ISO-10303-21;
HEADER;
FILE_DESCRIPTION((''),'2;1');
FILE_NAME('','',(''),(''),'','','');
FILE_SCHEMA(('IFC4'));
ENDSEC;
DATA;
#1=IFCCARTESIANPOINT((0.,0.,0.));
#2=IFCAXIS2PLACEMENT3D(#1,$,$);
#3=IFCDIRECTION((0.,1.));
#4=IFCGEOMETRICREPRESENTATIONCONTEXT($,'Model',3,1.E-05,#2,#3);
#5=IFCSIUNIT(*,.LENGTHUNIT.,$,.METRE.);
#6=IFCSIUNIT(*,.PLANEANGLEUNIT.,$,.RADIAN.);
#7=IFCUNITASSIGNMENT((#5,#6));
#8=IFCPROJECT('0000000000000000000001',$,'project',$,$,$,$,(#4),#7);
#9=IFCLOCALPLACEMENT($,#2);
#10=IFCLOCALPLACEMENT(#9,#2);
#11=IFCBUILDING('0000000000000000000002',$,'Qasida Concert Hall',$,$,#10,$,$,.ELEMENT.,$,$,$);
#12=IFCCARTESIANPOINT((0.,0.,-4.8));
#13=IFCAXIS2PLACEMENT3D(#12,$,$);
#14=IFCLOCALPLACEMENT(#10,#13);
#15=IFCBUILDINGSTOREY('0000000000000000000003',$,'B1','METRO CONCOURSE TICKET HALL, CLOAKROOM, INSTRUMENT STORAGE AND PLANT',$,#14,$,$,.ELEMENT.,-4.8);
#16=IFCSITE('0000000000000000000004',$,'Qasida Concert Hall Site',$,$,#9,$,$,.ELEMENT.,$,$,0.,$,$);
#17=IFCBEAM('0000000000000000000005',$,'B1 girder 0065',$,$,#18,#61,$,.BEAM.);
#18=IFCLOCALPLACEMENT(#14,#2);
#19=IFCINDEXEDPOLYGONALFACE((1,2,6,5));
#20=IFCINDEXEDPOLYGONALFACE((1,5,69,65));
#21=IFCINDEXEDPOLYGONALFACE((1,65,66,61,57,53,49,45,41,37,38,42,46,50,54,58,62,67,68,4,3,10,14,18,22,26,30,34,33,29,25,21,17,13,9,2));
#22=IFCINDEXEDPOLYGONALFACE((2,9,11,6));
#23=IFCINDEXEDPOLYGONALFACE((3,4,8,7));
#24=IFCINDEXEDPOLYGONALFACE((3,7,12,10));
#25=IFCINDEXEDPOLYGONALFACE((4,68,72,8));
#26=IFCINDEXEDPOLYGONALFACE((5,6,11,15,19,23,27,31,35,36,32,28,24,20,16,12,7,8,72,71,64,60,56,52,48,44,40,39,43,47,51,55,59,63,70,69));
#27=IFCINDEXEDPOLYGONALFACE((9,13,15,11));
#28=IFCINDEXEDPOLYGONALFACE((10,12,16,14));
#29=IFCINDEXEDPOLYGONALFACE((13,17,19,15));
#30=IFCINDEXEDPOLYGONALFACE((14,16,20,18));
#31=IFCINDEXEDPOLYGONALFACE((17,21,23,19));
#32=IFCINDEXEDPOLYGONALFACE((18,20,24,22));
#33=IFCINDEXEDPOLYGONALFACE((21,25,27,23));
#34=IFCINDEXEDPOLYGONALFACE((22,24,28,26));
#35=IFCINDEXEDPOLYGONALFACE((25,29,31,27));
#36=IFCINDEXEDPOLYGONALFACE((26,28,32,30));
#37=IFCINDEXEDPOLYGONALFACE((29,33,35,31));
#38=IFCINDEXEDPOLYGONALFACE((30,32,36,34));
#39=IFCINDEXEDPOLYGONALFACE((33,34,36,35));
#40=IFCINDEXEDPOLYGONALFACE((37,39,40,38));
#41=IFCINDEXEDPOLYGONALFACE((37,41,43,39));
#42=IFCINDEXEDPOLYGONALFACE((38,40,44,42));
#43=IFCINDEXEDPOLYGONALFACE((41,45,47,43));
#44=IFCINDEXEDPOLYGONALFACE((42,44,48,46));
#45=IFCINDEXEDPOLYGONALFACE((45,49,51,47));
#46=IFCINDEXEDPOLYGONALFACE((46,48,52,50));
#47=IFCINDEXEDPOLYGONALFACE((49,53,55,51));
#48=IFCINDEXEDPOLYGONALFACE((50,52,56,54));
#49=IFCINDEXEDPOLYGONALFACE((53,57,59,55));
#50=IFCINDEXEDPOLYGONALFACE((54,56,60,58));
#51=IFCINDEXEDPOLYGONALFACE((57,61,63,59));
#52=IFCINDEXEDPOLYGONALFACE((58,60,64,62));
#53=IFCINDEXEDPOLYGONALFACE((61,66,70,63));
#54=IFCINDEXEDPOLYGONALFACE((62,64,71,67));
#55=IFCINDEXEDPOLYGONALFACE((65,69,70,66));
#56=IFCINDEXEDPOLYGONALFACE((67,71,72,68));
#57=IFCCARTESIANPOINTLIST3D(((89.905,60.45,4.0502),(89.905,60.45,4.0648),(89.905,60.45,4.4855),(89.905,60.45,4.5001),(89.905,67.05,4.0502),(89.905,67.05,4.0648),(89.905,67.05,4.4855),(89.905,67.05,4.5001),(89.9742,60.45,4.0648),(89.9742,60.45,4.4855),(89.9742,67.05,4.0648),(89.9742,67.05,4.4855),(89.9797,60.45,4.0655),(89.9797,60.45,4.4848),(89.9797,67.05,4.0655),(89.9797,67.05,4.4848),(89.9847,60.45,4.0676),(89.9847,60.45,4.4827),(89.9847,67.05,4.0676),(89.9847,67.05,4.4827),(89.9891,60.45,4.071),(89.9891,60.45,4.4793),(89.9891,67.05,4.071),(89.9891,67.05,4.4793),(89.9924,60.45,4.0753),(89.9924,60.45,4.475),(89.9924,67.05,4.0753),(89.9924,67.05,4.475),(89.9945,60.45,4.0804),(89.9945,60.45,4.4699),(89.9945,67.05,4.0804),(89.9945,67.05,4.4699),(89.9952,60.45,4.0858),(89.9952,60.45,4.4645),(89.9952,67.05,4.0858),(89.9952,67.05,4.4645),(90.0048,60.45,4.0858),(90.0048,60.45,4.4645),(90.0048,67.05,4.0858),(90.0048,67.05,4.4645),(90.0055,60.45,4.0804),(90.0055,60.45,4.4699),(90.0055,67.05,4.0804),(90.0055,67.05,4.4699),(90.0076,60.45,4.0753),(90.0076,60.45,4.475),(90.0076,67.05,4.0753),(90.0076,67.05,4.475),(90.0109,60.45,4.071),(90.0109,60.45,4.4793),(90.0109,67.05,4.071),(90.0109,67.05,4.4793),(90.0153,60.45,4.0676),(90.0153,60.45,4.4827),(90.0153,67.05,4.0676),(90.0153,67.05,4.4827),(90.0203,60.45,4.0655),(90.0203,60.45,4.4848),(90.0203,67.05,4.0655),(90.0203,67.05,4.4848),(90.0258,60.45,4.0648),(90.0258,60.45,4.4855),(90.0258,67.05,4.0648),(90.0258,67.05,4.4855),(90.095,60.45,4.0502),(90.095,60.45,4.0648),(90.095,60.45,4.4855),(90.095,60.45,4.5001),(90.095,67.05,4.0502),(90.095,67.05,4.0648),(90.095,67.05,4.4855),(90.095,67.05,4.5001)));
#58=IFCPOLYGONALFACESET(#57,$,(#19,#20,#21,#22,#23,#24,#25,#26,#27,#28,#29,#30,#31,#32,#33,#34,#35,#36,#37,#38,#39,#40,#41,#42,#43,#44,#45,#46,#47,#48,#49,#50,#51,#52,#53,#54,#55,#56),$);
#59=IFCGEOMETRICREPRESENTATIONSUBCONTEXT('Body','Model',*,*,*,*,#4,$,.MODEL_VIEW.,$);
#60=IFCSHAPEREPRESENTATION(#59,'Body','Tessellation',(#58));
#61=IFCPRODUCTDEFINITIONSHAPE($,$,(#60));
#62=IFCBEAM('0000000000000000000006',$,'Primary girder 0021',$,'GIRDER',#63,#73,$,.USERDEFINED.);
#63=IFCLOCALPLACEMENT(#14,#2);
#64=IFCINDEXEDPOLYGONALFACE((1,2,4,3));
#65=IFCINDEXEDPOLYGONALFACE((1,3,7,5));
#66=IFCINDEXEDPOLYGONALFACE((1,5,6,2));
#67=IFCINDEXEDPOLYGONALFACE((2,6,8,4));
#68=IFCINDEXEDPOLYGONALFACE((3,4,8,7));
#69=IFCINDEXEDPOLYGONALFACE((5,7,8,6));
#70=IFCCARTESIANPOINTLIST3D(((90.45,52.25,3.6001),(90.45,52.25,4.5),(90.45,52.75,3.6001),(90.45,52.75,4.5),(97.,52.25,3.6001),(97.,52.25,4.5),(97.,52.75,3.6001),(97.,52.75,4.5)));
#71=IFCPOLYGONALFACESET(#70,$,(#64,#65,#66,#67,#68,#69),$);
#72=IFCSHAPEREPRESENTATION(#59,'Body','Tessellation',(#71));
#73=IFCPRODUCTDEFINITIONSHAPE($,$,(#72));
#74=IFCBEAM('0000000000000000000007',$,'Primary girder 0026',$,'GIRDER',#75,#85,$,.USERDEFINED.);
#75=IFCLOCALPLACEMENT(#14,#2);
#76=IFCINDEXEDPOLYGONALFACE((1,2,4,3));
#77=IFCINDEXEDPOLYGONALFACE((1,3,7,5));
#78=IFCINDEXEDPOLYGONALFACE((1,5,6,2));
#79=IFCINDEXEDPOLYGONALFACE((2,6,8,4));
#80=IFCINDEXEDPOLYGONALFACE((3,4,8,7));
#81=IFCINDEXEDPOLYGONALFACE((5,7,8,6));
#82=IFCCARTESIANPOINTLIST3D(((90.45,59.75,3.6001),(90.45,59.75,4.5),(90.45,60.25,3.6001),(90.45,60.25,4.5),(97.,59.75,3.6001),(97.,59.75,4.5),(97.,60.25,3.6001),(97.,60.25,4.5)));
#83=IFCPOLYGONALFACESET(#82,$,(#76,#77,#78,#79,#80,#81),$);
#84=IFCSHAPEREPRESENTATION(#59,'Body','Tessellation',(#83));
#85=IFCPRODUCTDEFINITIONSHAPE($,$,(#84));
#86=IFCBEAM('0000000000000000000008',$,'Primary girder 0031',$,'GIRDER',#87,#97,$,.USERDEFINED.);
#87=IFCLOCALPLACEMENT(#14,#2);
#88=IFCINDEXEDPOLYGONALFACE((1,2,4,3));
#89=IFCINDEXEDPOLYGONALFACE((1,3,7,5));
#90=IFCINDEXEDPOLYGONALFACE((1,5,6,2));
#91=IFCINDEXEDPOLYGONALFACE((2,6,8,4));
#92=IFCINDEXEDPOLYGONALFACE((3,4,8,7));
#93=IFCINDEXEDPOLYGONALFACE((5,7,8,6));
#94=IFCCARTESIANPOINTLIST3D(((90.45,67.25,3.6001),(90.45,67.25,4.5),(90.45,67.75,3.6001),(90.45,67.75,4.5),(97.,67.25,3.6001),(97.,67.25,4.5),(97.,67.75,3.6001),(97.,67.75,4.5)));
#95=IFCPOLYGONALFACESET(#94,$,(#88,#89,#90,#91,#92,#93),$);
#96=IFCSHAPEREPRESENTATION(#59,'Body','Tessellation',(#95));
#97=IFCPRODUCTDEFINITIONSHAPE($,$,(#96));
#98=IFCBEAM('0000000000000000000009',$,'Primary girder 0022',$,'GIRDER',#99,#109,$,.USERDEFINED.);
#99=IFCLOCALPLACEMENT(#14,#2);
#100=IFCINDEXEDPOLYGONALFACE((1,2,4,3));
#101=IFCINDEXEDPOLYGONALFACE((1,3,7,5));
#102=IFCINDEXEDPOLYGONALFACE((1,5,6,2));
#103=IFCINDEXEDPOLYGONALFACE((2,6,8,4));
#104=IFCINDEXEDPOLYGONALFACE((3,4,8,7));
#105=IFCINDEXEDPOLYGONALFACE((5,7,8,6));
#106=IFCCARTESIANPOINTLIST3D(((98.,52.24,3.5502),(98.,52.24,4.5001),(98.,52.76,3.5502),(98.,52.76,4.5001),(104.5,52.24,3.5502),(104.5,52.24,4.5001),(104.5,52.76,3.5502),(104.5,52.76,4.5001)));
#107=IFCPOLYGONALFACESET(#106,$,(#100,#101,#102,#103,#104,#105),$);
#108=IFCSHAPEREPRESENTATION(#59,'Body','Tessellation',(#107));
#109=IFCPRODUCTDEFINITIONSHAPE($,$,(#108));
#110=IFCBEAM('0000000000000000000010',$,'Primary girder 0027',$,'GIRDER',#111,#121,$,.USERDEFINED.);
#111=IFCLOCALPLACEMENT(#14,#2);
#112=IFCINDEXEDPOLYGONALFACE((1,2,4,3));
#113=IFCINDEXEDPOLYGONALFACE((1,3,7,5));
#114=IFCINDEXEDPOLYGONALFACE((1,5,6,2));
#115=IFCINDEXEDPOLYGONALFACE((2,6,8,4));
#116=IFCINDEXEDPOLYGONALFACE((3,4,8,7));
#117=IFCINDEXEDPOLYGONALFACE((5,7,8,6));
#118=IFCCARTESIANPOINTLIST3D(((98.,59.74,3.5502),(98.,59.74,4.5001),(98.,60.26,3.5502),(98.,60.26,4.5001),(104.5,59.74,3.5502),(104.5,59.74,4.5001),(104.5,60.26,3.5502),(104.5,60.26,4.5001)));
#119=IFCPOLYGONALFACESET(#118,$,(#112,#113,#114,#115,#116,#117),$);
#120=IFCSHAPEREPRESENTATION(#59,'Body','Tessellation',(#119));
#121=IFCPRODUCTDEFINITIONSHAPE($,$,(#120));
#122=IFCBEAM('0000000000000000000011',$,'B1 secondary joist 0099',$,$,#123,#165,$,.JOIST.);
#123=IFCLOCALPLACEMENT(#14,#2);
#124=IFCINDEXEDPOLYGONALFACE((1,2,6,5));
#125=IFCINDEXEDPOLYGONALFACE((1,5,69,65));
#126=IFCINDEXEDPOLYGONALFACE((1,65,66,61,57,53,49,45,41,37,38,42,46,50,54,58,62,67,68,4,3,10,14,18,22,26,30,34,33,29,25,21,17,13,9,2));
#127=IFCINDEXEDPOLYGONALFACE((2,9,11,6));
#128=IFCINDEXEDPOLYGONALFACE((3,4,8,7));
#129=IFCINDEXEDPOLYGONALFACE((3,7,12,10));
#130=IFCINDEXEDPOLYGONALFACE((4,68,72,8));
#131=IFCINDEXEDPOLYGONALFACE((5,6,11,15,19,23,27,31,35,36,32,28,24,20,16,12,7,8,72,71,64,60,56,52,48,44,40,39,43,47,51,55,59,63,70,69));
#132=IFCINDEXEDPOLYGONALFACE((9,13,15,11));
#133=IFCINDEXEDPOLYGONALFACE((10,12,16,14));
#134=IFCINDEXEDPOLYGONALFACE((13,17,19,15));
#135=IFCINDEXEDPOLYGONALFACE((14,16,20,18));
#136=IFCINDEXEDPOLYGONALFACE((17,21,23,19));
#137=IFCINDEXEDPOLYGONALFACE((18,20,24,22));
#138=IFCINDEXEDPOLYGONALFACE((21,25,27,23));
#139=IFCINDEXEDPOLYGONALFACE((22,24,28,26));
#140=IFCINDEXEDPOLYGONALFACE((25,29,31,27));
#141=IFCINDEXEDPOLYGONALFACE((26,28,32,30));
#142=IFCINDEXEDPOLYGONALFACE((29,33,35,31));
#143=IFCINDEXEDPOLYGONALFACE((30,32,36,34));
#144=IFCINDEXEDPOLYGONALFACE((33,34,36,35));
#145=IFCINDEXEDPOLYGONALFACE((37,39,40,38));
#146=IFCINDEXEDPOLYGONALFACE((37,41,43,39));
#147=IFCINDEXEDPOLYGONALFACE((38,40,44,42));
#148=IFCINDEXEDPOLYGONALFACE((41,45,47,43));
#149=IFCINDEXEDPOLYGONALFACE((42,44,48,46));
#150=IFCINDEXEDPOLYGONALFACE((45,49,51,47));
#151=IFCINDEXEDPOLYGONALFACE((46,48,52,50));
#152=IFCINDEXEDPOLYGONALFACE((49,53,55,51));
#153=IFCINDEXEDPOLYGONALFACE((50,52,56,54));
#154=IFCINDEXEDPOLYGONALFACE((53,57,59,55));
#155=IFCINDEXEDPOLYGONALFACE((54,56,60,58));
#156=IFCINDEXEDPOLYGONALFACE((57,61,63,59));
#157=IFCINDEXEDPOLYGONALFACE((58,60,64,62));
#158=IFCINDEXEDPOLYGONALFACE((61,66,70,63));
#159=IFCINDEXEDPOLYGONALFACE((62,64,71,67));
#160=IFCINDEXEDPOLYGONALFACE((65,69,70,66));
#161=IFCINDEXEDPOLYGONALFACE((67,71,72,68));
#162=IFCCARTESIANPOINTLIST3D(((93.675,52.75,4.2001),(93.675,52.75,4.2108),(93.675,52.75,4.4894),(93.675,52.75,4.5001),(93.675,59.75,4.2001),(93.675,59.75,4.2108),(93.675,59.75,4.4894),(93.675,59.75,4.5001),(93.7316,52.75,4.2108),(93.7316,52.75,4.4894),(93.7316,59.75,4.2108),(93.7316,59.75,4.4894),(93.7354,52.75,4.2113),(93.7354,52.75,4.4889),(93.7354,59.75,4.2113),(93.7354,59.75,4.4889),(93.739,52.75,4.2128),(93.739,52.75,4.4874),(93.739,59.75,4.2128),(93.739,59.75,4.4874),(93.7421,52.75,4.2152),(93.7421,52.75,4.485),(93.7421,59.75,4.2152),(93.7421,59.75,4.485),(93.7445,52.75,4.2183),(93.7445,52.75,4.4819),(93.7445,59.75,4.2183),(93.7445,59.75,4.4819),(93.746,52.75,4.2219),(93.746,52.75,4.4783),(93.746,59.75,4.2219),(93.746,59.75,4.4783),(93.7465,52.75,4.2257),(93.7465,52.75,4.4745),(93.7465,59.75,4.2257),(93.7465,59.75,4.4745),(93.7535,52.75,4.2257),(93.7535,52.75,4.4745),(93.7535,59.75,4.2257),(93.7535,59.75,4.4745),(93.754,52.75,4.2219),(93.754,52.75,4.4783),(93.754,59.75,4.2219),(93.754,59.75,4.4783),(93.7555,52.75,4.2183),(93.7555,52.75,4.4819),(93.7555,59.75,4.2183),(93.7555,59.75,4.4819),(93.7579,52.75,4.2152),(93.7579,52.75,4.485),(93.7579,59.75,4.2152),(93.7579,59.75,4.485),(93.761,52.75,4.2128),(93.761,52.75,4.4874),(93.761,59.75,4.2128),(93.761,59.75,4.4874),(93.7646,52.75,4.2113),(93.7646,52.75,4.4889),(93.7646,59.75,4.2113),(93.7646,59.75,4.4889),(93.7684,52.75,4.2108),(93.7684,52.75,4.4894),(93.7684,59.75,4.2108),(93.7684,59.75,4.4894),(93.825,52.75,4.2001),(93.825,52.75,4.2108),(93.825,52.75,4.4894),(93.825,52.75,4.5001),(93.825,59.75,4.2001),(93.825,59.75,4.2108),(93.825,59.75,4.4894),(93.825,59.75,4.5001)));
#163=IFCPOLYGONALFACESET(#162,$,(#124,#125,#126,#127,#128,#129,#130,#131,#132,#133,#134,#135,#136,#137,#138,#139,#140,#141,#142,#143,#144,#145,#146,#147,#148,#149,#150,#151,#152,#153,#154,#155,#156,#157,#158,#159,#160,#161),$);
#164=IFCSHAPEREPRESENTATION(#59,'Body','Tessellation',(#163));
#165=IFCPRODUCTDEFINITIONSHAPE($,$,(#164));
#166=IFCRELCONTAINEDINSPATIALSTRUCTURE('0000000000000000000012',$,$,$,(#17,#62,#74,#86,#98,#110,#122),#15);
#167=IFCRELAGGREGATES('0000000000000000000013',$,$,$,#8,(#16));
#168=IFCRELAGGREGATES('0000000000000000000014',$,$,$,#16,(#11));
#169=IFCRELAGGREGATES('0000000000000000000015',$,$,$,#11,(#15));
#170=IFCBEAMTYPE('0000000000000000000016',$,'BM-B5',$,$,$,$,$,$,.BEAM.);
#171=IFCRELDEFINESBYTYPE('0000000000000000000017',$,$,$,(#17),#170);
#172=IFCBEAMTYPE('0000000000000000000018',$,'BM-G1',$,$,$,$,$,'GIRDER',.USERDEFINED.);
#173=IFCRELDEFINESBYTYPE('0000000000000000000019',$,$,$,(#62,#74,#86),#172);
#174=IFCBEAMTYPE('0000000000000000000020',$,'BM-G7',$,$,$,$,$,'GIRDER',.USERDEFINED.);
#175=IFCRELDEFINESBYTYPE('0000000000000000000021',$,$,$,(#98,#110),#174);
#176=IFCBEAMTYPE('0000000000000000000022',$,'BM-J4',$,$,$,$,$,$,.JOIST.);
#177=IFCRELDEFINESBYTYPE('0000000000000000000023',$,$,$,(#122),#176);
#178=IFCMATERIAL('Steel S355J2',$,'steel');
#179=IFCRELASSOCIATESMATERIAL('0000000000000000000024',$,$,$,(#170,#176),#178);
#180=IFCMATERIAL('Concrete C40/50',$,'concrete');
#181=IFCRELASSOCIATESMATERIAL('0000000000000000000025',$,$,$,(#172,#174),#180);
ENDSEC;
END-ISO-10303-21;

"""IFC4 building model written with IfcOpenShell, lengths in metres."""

from ifc_helpers import new_model, si_unit, direction, frame, origin, origin_2d, place, context, subcontext, project, spatial, rectangle, i_section, extrude, material, material_profile, profile_set, type_object, element, save


model = new_model("IFC4")

# Units and contexts
model_context = context("Model", 3, precision=1e-05, world=origin(), true_north=direction((0.0, 1.0)))
body_context = subcontext(model_context, "Body", "Model", "MODEL_VIEW")
ifc_project = project(units=[si_unit("LENGTHUNIT", "METRE"), si_unit("PLANEANGLEUNIT", "RADIAN")], contexts=[model_context])

# Site, building, storey
site_placement = place(None, origin())
site = spatial("IfcSite", under=ifc_project, at=site_placement, Name="Qasida Concert Hall Site", CompositionType="ELEMENT", RefElevation=0.0)
building_placement = place(site_placement, origin())
building = spatial("IfcBuilding", under=site, at=building_placement, Name="Qasida Concert Hall", CompositionType="ELEMENT")
storey_placement = place(building_placement, frame((0.0, 0.0, -4.8)))
storey = spatial("IfcBuildingStorey", under=building, at=storey_placement, Name="B1", Description="METRO CONCOURSE TICKET HALL, CLOAKROOM, INSTRUMENT STORAGE AND PLANT", CompositionType="ELEMENT", Elevation=-4.8)

# Shared definitions
ifc_material_1 = material(Name="Concrete C40/50", Category="concrete")

# Beams
ifc_material_2 = material(Name="Steel S355J2", Category="steel")
ifc_material_profile_1 = material_profile(ifc_material_2, i_section(OverallWidth=0.1899, OverallDepth=0.45, WebThickness=0.0095, FlangeThickness=0.0146, FilletRadius=0.021, at=origin_2d()), Name="IPE 450")
ifc_profile_set_1 = profile_set([ifc_material_profile_1], Name="Steel S355J2")
beam_type_1 = type_object("IfcBeamType", Name="BM-B5", PredefinedType="BEAM", material=ifc_profile_set_1)
beam_1_placement = place(storey_placement, frame((90.0, 60.45, 4.2751), z_axis=(0.0, 1.0, 0.0), x_axis=(-1.0, 0.0, 0.0)))
element("IfcBeam", 1, at=beam_1_placement, inside=storey, type_object=beam_type_1, Name="B1 girder 0065", PredefinedType="BEAM", context=body_context, shape_type="SweptSolid", body=[
    extrude(i_section(OverallWidth=0.1899, OverallDepth=0.45, WebThickness=0.0095, FlangeThickness=0.0146, FilletRadius=0.021, at=origin_2d()), origin(), (0.0, 0.0, 1.0), 6.6001),
])
ifc_material_profile_2 = material_profile(ifc_material_1, rectangle(XDim=0.5, YDim=0.8999, at=origin_2d()), Name="RC 500x900")
ifc_profile_set_2 = profile_set([ifc_material_profile_2], Name="Concrete C40/50")
beam_type_2 = type_object("IfcBeamType", Name="BM-G1", ElementType="GIRDER", PredefinedType="USERDEFINED", material=ifc_profile_set_2)
for number, where, z_axis, x_axis, name in (
    (2, (90.45, 52.5, 4.05), (1.0, 0.0, 0.0), (0.0, 1.0, 0.0), "Primary girder 0021"),
    (3, (90.45, 60.0, 4.05), (1.0, 0.0, 0.0), (0.0, 1.0, 0.0), "Primary girder 0026"),
    (4, (90.45, 67.5, 4.05), (1.0, 0.0, 0.0), (0.0, 1.0, 0.0), "Primary girder 0031"),
):
    element("IfcBeam", number, at=place(storey_placement, frame(where, z_axis=z_axis, x_axis=x_axis)), inside=storey, type_object=beam_type_2, Name=name, ObjectType="GIRDER", PredefinedType="USERDEFINED", context=body_context, shape_type="SweptSolid", body=[
        extrude(rectangle(XDim=0.5, YDim=0.8999, at=origin_2d()), origin(), (0.0, 0.0, 1.0), 6.55),
    ])
ifc_material_profile_3 = material_profile(ifc_material_1, rectangle(XDim=0.52, YDim=0.95, at=origin_2d()), Name="RC 520x950")
ifc_profile_set_3 = profile_set([ifc_material_profile_3], Name="Concrete C40/50")
beam_type_3 = type_object("IfcBeamType", Name="BM-G7", ElementType="GIRDER", PredefinedType="USERDEFINED", material=ifc_profile_set_3)
for number, where, z_axis, x_axis, name in (
    (5, (98.0, 52.5, 4.0251), (1.0, 0.0, 0.0), (0.0, 1.0, 0.0), "Primary girder 0022"),
    (6, (98.0, 60.0, 4.0251), (1.0, 0.0, 0.0), (0.0, 1.0, 0.0), "Primary girder 0027"),
):
    element("IfcBeam", number, at=place(storey_placement, frame(where, z_axis=z_axis, x_axis=x_axis)), inside=storey, type_object=beam_type_3, Name=name, ObjectType="GIRDER", PredefinedType="USERDEFINED", context=body_context, shape_type="SweptSolid", body=[
        extrude(rectangle(XDim=0.52, YDim=0.95, at=origin_2d()), origin(), (0.0, 0.0, 1.0), 6.5),
    ])
ifc_material_profile_4 = material_profile(ifc_material_2, i_section(OverallWidth=0.1499, OverallDepth=0.3, WebThickness=0.0071, FlangeThickness=0.0107, FilletRadius=0.0149, at=origin_2d()), Name="IPE 300")
ifc_profile_set_4 = profile_set([ifc_material_profile_4], Name="Steel S355J2")
beam_type_4 = type_object("IfcBeamType", Name="BM-J4", PredefinedType="JOIST", material=ifc_profile_set_4)
beam_2_placement = place(storey_placement, frame((93.75, 52.75, 4.3501), z_axis=(0.0, 1.0, 0.0), x_axis=(-1.0, 0.0, 0.0)))
element("IfcBeam", 7, at=beam_2_placement, inside=storey, type_object=beam_type_4, Name="B1 secondary joist 0099", PredefinedType="JOIST", context=body_context, shape_type="SweptSolid", body=[
    extrude(i_section(OverallWidth=0.1499, OverallDepth=0.3, WebThickness=0.0071, FlangeThickness=0.0107, FilletRadius=0.0149, at=origin_2d()), origin(), (0.0, 0.0, 1.0), 7.0),
])

save(model, "model.ifc")
